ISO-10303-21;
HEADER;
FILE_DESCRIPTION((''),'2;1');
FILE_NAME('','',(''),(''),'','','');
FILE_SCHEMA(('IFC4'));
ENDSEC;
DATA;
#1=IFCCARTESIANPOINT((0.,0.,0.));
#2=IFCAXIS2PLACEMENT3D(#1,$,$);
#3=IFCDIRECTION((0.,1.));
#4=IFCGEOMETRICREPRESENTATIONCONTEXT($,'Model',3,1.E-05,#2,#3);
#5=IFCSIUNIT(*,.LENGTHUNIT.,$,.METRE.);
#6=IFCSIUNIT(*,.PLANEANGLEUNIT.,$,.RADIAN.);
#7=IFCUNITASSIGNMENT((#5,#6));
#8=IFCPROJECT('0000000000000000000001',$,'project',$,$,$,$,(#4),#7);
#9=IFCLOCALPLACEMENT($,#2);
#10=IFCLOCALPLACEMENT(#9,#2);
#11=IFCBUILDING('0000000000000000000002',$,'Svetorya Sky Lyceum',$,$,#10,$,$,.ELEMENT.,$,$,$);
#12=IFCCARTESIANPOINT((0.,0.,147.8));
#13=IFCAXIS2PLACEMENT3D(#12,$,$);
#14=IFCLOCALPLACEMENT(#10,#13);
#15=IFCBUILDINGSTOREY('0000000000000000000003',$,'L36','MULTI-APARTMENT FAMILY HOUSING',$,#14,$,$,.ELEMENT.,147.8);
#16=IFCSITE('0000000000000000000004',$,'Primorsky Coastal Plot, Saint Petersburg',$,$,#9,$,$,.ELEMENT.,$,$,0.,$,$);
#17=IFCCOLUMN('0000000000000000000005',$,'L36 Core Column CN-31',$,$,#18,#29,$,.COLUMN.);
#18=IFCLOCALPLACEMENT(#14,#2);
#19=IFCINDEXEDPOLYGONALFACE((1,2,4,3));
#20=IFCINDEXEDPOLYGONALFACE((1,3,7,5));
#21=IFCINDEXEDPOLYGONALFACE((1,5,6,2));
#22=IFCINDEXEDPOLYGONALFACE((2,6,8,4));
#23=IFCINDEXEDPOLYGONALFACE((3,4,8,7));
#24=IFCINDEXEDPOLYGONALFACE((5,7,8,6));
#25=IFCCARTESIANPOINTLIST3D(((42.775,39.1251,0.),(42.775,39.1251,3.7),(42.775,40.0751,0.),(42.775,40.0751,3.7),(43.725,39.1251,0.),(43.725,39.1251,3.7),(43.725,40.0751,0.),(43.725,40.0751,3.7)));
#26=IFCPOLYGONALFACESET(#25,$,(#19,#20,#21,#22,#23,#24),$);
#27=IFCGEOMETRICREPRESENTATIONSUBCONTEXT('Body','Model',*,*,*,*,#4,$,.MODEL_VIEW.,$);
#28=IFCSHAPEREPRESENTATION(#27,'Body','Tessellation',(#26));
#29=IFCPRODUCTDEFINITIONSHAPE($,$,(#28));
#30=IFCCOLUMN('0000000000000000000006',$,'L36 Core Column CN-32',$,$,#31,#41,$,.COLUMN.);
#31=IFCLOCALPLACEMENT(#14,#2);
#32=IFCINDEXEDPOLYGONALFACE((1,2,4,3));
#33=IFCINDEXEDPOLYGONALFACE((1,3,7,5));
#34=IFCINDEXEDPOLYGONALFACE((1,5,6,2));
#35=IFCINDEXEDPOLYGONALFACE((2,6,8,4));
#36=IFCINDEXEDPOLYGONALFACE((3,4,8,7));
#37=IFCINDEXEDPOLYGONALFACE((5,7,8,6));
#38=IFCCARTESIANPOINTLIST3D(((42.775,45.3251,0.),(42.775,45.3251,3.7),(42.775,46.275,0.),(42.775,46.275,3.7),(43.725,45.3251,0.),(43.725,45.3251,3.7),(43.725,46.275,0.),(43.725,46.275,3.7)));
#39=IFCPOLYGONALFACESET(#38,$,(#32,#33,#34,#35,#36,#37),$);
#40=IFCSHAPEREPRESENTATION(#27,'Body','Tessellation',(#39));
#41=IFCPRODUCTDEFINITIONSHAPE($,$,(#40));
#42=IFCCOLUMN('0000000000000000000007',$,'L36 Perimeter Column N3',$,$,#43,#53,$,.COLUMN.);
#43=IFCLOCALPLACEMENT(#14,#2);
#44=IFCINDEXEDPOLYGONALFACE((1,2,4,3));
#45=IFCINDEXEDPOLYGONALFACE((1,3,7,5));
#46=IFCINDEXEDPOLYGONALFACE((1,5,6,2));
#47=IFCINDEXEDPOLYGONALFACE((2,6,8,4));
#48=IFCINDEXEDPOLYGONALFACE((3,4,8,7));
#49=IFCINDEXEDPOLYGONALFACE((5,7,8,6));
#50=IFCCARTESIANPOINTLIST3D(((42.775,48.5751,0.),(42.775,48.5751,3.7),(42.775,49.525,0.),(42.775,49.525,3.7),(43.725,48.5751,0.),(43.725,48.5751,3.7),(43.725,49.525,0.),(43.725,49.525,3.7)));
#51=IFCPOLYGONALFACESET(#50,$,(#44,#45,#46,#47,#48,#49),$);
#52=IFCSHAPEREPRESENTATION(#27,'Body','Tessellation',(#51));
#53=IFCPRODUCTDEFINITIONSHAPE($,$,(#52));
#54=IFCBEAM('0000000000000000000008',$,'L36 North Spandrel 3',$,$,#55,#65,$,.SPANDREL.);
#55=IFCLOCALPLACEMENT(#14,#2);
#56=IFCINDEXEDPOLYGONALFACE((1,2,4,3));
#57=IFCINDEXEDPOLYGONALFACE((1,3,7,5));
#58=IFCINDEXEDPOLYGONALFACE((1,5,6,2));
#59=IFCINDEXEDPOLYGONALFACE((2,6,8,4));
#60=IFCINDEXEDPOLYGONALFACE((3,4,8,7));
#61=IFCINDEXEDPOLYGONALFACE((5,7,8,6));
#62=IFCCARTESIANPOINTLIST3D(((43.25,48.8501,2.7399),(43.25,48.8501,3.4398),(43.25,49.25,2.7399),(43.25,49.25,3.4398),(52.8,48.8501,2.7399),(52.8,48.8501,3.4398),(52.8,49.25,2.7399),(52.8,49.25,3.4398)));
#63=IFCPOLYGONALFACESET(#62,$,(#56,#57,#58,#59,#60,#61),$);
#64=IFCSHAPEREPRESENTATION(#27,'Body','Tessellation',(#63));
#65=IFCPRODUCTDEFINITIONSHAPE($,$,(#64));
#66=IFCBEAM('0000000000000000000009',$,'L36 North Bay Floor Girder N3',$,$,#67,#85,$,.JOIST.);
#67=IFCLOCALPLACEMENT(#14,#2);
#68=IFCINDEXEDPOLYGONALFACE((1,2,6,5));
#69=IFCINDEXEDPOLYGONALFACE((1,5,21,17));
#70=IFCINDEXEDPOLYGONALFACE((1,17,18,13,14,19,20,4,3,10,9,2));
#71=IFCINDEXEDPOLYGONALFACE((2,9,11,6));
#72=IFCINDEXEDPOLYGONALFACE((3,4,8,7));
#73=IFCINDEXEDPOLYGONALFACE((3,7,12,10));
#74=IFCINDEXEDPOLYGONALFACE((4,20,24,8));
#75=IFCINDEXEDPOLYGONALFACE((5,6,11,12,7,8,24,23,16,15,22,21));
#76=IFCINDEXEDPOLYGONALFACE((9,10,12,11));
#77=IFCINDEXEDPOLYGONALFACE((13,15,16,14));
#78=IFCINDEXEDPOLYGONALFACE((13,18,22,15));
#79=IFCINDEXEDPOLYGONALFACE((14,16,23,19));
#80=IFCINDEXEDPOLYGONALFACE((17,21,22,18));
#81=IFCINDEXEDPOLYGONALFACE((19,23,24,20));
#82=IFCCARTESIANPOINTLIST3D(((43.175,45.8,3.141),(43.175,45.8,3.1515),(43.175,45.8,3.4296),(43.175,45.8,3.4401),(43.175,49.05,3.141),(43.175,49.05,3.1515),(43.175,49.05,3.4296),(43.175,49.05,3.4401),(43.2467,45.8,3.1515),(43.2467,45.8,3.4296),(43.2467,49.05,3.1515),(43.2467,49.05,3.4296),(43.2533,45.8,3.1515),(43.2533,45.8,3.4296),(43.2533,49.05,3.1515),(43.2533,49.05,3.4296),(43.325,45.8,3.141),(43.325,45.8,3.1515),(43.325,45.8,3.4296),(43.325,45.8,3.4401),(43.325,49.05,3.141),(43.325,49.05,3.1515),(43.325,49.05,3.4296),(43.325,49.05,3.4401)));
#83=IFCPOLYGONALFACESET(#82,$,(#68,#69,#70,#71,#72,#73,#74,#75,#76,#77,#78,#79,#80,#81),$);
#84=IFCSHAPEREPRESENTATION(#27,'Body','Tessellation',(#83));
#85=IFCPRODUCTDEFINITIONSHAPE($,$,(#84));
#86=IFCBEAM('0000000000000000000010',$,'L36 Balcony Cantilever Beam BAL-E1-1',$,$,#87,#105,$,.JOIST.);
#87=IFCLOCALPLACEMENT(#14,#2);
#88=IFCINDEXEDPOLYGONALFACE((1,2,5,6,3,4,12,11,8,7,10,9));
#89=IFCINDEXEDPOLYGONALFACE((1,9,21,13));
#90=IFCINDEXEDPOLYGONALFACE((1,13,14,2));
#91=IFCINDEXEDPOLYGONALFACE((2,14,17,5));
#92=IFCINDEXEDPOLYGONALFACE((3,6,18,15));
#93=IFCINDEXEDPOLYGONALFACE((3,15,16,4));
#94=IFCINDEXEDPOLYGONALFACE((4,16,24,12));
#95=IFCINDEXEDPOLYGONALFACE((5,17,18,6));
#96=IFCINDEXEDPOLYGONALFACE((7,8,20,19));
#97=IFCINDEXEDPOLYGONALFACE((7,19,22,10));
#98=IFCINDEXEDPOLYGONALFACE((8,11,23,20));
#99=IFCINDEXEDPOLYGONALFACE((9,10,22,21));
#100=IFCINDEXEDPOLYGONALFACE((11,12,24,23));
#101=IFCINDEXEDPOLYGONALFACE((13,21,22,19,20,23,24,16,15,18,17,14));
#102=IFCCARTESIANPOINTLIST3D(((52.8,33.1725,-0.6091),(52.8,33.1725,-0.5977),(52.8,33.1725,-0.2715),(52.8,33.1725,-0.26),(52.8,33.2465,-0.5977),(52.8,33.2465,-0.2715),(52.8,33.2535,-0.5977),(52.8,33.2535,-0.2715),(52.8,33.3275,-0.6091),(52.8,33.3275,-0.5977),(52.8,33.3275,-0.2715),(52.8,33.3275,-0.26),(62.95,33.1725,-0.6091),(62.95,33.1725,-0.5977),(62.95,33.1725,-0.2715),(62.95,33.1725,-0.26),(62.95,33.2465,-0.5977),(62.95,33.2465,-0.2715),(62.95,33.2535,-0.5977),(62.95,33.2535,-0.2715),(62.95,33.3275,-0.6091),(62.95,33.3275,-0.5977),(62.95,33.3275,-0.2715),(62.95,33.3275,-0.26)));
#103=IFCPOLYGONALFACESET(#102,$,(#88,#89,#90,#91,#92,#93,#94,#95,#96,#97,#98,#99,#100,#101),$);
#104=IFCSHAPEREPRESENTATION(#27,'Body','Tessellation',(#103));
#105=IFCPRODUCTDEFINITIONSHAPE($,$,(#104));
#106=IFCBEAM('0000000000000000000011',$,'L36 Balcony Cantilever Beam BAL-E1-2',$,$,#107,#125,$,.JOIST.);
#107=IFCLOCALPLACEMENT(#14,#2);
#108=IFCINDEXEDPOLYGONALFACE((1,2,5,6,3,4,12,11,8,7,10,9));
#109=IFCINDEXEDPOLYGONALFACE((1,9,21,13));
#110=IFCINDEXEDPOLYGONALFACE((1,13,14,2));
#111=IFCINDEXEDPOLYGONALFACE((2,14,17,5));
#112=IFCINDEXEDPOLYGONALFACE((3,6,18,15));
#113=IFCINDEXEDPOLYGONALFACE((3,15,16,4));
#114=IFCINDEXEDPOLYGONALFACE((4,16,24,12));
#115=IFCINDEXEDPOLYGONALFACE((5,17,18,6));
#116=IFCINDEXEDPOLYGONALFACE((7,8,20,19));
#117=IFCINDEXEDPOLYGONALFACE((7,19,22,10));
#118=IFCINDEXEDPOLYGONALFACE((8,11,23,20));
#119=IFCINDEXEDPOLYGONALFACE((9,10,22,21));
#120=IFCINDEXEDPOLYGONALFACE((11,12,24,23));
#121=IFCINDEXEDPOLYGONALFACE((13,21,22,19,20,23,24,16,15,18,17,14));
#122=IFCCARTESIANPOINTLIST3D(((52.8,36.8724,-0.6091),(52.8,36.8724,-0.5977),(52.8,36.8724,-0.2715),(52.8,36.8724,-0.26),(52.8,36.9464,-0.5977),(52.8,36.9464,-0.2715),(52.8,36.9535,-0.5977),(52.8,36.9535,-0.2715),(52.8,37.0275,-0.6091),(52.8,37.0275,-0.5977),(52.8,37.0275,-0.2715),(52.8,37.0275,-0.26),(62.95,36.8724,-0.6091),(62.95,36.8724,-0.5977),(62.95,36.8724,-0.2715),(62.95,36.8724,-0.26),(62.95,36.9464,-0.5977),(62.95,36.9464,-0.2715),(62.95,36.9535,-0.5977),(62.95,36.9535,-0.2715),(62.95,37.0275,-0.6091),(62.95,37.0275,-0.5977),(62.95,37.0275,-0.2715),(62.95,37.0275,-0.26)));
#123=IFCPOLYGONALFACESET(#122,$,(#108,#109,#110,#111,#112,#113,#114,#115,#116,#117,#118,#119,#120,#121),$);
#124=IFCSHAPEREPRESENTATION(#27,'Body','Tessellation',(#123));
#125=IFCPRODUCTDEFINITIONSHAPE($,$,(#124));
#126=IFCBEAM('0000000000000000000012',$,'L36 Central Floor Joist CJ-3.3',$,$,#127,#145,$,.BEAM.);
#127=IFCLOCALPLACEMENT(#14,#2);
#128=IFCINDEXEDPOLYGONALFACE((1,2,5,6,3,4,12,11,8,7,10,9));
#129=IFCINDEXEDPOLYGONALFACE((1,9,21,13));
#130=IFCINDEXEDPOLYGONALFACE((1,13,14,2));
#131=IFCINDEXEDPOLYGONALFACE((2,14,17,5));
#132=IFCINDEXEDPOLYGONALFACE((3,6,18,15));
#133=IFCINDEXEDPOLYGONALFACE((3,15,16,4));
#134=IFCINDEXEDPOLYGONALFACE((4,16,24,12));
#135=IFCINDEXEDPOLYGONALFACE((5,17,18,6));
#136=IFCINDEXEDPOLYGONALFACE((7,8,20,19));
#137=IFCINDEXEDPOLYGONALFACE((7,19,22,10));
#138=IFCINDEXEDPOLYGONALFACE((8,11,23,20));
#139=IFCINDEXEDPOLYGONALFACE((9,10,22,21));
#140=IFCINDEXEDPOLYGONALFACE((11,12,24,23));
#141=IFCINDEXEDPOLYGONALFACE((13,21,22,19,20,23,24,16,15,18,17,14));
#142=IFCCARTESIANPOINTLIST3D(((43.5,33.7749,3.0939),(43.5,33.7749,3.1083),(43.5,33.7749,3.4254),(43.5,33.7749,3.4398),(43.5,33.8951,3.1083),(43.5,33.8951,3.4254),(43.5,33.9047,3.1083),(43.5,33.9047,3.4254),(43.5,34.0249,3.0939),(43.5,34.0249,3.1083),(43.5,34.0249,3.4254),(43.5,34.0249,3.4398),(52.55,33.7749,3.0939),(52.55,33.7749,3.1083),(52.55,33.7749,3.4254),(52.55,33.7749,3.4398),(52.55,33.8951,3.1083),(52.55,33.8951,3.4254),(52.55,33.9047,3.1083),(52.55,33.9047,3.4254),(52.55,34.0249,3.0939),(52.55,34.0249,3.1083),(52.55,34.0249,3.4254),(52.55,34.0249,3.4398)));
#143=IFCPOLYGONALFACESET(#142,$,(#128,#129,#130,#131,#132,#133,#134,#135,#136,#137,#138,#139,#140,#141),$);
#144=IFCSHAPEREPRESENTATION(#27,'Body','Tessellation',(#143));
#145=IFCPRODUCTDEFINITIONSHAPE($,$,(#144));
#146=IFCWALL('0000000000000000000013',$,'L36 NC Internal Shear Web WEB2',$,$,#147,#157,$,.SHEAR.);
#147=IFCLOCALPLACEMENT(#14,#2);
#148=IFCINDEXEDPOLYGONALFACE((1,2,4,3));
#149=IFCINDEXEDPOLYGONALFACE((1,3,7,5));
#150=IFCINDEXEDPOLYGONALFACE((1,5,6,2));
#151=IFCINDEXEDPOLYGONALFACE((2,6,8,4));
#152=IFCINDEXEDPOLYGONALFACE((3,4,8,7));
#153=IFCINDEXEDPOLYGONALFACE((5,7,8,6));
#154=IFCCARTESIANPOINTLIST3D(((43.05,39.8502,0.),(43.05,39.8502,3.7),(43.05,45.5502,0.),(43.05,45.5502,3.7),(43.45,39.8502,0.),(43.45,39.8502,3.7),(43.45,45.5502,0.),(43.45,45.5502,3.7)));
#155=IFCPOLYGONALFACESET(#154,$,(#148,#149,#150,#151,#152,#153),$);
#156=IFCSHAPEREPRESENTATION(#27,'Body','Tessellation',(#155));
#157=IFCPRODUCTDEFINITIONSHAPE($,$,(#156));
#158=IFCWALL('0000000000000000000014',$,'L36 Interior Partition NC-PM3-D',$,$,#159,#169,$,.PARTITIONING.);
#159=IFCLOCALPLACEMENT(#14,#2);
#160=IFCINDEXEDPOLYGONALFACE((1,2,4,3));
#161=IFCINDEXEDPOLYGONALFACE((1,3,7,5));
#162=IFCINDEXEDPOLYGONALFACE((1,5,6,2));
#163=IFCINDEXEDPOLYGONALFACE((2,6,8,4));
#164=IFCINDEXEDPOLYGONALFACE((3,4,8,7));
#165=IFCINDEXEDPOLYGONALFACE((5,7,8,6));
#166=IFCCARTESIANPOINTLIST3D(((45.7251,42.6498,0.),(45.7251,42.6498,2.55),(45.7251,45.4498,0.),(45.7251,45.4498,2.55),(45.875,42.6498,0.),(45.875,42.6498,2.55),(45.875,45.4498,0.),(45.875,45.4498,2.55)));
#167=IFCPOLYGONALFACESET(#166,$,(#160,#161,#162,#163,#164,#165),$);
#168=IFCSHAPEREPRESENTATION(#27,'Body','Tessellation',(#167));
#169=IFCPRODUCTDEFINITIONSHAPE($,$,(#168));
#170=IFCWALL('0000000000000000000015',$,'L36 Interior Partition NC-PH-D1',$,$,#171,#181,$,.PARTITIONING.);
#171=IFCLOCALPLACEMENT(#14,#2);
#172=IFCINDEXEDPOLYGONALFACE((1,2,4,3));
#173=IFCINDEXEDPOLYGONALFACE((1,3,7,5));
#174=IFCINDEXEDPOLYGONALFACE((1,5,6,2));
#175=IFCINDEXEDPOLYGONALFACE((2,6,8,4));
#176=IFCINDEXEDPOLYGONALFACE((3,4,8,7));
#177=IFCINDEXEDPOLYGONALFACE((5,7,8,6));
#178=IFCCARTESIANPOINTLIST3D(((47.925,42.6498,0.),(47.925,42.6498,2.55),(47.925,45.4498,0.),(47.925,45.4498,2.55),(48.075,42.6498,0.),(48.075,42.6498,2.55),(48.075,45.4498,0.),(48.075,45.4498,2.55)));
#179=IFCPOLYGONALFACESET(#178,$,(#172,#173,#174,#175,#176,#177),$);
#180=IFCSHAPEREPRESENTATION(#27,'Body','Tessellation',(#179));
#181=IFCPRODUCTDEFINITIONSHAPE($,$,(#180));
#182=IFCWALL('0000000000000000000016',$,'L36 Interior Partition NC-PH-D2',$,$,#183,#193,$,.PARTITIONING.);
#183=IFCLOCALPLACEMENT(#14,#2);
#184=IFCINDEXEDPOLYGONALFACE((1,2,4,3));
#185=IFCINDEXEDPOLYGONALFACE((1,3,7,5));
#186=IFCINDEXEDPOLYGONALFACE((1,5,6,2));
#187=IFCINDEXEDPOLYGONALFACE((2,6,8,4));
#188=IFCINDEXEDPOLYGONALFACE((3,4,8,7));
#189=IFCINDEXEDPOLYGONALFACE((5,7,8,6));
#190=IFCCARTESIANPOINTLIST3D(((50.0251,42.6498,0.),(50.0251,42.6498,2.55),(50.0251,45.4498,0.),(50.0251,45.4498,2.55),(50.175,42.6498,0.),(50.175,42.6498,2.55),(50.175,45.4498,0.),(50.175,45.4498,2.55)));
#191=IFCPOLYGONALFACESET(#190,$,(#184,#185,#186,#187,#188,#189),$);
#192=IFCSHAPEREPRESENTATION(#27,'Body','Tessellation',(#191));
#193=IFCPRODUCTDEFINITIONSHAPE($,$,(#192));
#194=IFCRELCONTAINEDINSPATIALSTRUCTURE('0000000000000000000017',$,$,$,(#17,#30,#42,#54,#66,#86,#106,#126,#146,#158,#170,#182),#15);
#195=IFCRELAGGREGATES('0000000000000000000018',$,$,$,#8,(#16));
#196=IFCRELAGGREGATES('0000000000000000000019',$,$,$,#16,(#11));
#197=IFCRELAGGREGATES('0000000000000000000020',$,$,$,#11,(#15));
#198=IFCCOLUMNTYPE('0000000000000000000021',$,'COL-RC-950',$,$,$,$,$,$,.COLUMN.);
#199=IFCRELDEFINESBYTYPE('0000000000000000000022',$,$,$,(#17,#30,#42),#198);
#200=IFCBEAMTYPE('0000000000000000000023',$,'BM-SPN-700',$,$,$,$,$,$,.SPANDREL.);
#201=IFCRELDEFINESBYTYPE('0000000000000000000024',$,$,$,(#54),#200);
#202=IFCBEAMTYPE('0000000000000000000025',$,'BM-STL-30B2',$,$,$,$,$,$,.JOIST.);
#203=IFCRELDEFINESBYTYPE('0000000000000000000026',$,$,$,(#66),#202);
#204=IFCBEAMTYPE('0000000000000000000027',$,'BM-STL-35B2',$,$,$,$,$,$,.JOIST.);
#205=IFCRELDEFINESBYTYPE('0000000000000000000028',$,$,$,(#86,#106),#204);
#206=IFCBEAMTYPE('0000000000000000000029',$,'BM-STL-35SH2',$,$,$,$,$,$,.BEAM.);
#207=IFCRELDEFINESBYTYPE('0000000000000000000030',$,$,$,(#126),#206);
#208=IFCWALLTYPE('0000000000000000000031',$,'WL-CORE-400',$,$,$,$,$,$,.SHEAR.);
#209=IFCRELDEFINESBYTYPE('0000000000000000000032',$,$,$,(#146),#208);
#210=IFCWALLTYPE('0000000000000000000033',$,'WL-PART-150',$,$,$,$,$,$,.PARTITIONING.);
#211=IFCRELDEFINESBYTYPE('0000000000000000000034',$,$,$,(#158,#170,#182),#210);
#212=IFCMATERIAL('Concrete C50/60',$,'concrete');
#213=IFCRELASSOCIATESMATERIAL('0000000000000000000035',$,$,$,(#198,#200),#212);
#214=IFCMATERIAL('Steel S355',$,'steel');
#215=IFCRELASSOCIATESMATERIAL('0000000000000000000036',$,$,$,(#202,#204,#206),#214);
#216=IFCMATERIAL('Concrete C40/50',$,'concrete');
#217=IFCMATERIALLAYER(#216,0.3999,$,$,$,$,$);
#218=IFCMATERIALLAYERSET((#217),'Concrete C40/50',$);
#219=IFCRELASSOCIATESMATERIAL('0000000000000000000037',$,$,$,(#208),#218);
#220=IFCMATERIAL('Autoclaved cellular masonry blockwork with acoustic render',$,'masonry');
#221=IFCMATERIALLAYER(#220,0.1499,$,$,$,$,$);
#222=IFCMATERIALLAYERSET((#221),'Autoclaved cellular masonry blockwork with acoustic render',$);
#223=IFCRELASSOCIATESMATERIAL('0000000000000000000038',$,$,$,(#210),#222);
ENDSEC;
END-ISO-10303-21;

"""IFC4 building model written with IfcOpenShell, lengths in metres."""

from ifc_helpers import new_model, si_unit, direction, frame, frame_2d, origin, origin_2d, place, context, subcontext, project, spatial, rectangle, i_section, extrude, material, layer, layer_set, material_profile, profile_set, type_object, element, save


model = new_model("IFC4")

# Units and contexts
model_context = context("Model", 3, precision=1e-05, world=origin(), true_north=direction((0.0, 1.0)))
body_context = subcontext(model_context, "Body", "Model", "MODEL_VIEW")
ifc_project = project(units=[si_unit("LENGTHUNIT", "METRE"), si_unit("PLANEANGLEUNIT", "RADIAN")], contexts=[model_context])

# Site, building, storey
site_placement = place(None, origin())
site = spatial("IfcSite", under=ifc_project, at=site_placement, Name="Primorsky Coastal Plot, Saint Petersburg", CompositionType="ELEMENT", RefElevation=0.0)
building_placement = place(site_placement, origin())
building = spatial("IfcBuilding", under=site, at=building_placement, Name="Svetorya Sky Lyceum", CompositionType="ELEMENT")
storey_placement = place(building_placement, frame((0.0, 0.0, 147.8)))
storey = spatial("IfcBuildingStorey", under=building, at=storey_placement, Name="L36", Description="MULTI-APARTMENT FAMILY HOUSING", CompositionType="ELEMENT", Elevation=147.8)

# Columns
ifc_material_1 = material(Name="Concrete C50/60", Category="concrete")
ifc_material_profile_1 = material_profile(ifc_material_1, rectangle(XDim=0.95, YDim=0.95, at=origin_2d()), Name="RC COL 950x950")
ifc_profile_set_1 = profile_set([ifc_material_profile_1], Name="Concrete C50/60")
column_type = type_object("IfcColumnType", Name="COL-RC-950", PredefinedType="COLUMN", material=ifc_profile_set_1)
for number, where, z_axis, x_axis, name in (
    (1, (43.25, 39.6001, 0.0), (0.0, 0.0, 1.0), (1.0, 0.0, 0.0), "L36 Core Column CN-31"),
    (2, (43.25, 45.8, 0.0), (0.0, 0.0, 1.0), (1.0, 0.0, 0.0), "L36 Core Column CN-32"),
    (3, (43.25, 49.05, 0.0), (0.0, 0.0, 1.0), (1.0, 0.0, 0.0), "L36 Perimeter Column N3"),
):
    element("IfcColumn", number, at=place(storey_placement, frame(where, z_axis=z_axis, x_axis=x_axis)), inside=storey, type_object=column_type, Name=name, PredefinedType="COLUMN", context=body_context, shape_type="SweptSolid", body=[
        extrude(rectangle(XDim=0.95, YDim=0.95, at=origin_2d()), origin(), (0.0, 0.0, 1.0), 3.7),
    ])

# Beams
ifc_material_profile_2 = material_profile(ifc_material_1, rectangle(XDim=0.3999, YDim=0.7, at=origin_2d()), Name="RC SPANDREL 400x700")
ifc_profile_set_2 = profile_set([ifc_material_profile_2], Name="Concrete C50/60")
beam_type_1 = type_object("IfcBeamType", Name="BM-SPN-700", PredefinedType="SPANDREL", material=ifc_profile_set_2)
beam_1_placement = place(storey_placement, frame((43.25, 49.05, 3.0898), z_axis=(1.0, 0.0, 0.0), x_axis=(0.0, 1.0, 0.0)))
element("IfcBeam", 4, at=beam_1_placement, inside=storey, type_object=beam_type_1, Name="L36 North Spandrel 3", PredefinedType="SPANDREL", context=body_context, shape_type="SweptSolid", body=[
    extrude(rectangle(XDim=0.3999, YDim=0.7, at=origin_2d()), origin(), (0.0, 0.0, 1.0), 9.55),
])
ifc_material_2 = material(Name="Steel S355", Category="steel")
ifc_material_profile_3 = material_profile(ifc_material_2, i_section(OverallWidth=0.1499, OverallDepth=0.2991, WebThickness=0.0066, FlangeThickness=0.0105, at=origin_2d()), Name="GOST 30B2")
ifc_profile_set_3 = profile_set([ifc_material_profile_3], Name="Steel S355")
beam_type_2 = type_object("IfcBeamType", Name="BM-STL-30B2", PredefinedType="JOIST", material=ifc_profile_set_3)
beam_2_placement = place(storey_placement, frame((43.25, 45.8, 3.2905), z_axis=(0.0, 1.0, 0.0), x_axis=(-1.0, 0.0, 0.0)))
element("IfcBeam", 5, at=beam_2_placement, inside=storey, type_object=beam_type_2, Name="L36 North Bay Floor Girder N3", PredefinedType="JOIST", context=body_context, shape_type="SweptSolid", body=[
    extrude(i_section(OverallWidth=0.1499, OverallDepth=0.2991, WebThickness=0.0066, FlangeThickness=0.0105, at=origin_2d()), origin(), (0.0, 0.0, 1.0), 3.25),
])
ifc_material_profile_4 = material_profile(ifc_material_2, i_section(OverallWidth=0.155, OverallDepth=0.3491, WebThickness=0.0071, FlangeThickness=0.0115, at=origin_2d()), Name="GOST 35B2")
ifc_profile_set_4 = profile_set([ifc_material_profile_4], Name="Steel S355")
beam_type_3 = type_object("IfcBeamType", Name="BM-STL-35B2", PredefinedType="JOIST", material=ifc_profile_set_4)
for number, where, z_axis, x_axis, name in (
    (6, (52.8, 33.25, -0.4346), (1.0, 0.0, 0.0), (0.0, 1.0, 0.0), "L36 Balcony Cantilever Beam BAL-E1-1"),
    (7, (52.8, 36.95, -0.4346), (1.0, 0.0, 0.0), (0.0, 1.0, 0.0), "L36 Balcony Cantilever Beam BAL-E1-2"),
):
    element("IfcBeam", number, at=place(storey_placement, frame(where, z_axis=z_axis, x_axis=x_axis)), inside=storey, type_object=beam_type_3, Name=name, PredefinedType="JOIST", context=body_context, shape_type="SweptSolid", body=[
        extrude(i_section(OverallWidth=0.155, OverallDepth=0.3491, WebThickness=0.0071, FlangeThickness=0.0115, at=origin_2d()), origin(), (0.0, 0.0, 1.0), 10.1499),
    ])
ifc_material_profile_5 = material_profile(ifc_material_2, i_section(OverallWidth=0.25, OverallDepth=0.3459, WebThickness=0.0095, FlangeThickness=0.0144, at=origin_2d()), Name="GOST 35Sh2")
ifc_profile_set_5 = profile_set([ifc_material_profile_5], Name="Steel S355")
beam_type_4 = type_object("IfcBeamType", Name="BM-STL-35SH2", PredefinedType="BEAM", material=ifc_profile_set_5)
beam_3_placement = place(storey_placement, frame((43.5, 33.8999, 3.2668), z_axis=(1.0, 0.0, 0.0), x_axis=(0.0, 1.0, 0.0)))
element("IfcBeam", 8, at=beam_3_placement, inside=storey, type_object=beam_type_4, Name="L36 Central Floor Joist CJ-3.3", PredefinedType="BEAM", context=body_context, shape_type="SweptSolid", body=[
    extrude(i_section(OverallWidth=0.25, OverallDepth=0.3459, WebThickness=0.0095, FlangeThickness=0.0144, at=origin_2d()), origin(), (0.0, 0.0, 1.0), 9.05),
])

# Wall
ifc_material_3 = material(Name="Concrete C40/50", Category="concrete")
ifc_layer_1 = layer(ifc_material_3, 0.3999)
ifc_layer_set_1 = layer_set([ifc_layer_1], Name="Concrete C40/50")
wall_type_1 = type_object("IfcWallType", Name="WL-CORE-400", PredefinedType="SHEAR", material=ifc_layer_set_1)
wall_1_placement = place(storey_placement, frame((43.25, 39.8501, 0.0), z_axis=(0.0, 0.0, 1.0), x_axis=(0.0, 1.0, 0.0)))
element("IfcWall", 9, at=wall_1_placement, inside=storey, type_object=wall_type_1, Name="L36 NC Internal Shear Web WEB2", PredefinedType="SHEAR", context=body_context, shape_type="SweptSolid", body=[
    extrude(rectangle(XDim=5.7, YDim=0.3999, at=frame_2d((2.8501, 0.0))), origin(), (0.0, 0.0, 1.0), 3.7),
])

# Walls
ifc_material_4 = material(Name="Autoclaved cellular masonry blockwork with acoustic render", Category="masonry")
ifc_layer_2 = layer(ifc_material_4, 0.1499)
ifc_layer_set_2 = layer_set([ifc_layer_2], Name="Autoclaved cellular masonry blockwork with acoustic render")
wall_type_2 = type_object("IfcWallType", Name="WL-PART-150", PredefinedType="PARTITIONING", material=ifc_layer_set_2)
for number, where, z_axis, x_axis, name in (
    (10, (45.8, 42.6499, 0.0), (0.0, 0.0, 1.0), (0.0, 1.0, 0.0), "L36 Interior Partition NC-PM3-D"),
    (11, (48.0, 42.6499, 0.0), (0.0, 0.0, 1.0), (0.0, 1.0, 0.0), "L36 Interior Partition NC-PH-D1"),
    (12, (50.1001, 42.6499, 0.0), (0.0, 0.0, 1.0), (0.0, 1.0, 0.0), "L36 Interior Partition NC-PH-D2"),
):
    element("IfcWall", number, at=place(storey_placement, frame(where, z_axis=z_axis, x_axis=x_axis)), inside=storey, type_object=wall_type_2, Name=name, PredefinedType="PARTITIONING", context=body_context, shape_type="SweptSolid", body=[
        extrude(rectangle(XDim=2.8, YDim=0.1499, at=frame_2d((1.3999, 0.0))), origin(), (0.0, 0.0, 1.0), 2.55),
    ])

save(model, "model.ifc")
